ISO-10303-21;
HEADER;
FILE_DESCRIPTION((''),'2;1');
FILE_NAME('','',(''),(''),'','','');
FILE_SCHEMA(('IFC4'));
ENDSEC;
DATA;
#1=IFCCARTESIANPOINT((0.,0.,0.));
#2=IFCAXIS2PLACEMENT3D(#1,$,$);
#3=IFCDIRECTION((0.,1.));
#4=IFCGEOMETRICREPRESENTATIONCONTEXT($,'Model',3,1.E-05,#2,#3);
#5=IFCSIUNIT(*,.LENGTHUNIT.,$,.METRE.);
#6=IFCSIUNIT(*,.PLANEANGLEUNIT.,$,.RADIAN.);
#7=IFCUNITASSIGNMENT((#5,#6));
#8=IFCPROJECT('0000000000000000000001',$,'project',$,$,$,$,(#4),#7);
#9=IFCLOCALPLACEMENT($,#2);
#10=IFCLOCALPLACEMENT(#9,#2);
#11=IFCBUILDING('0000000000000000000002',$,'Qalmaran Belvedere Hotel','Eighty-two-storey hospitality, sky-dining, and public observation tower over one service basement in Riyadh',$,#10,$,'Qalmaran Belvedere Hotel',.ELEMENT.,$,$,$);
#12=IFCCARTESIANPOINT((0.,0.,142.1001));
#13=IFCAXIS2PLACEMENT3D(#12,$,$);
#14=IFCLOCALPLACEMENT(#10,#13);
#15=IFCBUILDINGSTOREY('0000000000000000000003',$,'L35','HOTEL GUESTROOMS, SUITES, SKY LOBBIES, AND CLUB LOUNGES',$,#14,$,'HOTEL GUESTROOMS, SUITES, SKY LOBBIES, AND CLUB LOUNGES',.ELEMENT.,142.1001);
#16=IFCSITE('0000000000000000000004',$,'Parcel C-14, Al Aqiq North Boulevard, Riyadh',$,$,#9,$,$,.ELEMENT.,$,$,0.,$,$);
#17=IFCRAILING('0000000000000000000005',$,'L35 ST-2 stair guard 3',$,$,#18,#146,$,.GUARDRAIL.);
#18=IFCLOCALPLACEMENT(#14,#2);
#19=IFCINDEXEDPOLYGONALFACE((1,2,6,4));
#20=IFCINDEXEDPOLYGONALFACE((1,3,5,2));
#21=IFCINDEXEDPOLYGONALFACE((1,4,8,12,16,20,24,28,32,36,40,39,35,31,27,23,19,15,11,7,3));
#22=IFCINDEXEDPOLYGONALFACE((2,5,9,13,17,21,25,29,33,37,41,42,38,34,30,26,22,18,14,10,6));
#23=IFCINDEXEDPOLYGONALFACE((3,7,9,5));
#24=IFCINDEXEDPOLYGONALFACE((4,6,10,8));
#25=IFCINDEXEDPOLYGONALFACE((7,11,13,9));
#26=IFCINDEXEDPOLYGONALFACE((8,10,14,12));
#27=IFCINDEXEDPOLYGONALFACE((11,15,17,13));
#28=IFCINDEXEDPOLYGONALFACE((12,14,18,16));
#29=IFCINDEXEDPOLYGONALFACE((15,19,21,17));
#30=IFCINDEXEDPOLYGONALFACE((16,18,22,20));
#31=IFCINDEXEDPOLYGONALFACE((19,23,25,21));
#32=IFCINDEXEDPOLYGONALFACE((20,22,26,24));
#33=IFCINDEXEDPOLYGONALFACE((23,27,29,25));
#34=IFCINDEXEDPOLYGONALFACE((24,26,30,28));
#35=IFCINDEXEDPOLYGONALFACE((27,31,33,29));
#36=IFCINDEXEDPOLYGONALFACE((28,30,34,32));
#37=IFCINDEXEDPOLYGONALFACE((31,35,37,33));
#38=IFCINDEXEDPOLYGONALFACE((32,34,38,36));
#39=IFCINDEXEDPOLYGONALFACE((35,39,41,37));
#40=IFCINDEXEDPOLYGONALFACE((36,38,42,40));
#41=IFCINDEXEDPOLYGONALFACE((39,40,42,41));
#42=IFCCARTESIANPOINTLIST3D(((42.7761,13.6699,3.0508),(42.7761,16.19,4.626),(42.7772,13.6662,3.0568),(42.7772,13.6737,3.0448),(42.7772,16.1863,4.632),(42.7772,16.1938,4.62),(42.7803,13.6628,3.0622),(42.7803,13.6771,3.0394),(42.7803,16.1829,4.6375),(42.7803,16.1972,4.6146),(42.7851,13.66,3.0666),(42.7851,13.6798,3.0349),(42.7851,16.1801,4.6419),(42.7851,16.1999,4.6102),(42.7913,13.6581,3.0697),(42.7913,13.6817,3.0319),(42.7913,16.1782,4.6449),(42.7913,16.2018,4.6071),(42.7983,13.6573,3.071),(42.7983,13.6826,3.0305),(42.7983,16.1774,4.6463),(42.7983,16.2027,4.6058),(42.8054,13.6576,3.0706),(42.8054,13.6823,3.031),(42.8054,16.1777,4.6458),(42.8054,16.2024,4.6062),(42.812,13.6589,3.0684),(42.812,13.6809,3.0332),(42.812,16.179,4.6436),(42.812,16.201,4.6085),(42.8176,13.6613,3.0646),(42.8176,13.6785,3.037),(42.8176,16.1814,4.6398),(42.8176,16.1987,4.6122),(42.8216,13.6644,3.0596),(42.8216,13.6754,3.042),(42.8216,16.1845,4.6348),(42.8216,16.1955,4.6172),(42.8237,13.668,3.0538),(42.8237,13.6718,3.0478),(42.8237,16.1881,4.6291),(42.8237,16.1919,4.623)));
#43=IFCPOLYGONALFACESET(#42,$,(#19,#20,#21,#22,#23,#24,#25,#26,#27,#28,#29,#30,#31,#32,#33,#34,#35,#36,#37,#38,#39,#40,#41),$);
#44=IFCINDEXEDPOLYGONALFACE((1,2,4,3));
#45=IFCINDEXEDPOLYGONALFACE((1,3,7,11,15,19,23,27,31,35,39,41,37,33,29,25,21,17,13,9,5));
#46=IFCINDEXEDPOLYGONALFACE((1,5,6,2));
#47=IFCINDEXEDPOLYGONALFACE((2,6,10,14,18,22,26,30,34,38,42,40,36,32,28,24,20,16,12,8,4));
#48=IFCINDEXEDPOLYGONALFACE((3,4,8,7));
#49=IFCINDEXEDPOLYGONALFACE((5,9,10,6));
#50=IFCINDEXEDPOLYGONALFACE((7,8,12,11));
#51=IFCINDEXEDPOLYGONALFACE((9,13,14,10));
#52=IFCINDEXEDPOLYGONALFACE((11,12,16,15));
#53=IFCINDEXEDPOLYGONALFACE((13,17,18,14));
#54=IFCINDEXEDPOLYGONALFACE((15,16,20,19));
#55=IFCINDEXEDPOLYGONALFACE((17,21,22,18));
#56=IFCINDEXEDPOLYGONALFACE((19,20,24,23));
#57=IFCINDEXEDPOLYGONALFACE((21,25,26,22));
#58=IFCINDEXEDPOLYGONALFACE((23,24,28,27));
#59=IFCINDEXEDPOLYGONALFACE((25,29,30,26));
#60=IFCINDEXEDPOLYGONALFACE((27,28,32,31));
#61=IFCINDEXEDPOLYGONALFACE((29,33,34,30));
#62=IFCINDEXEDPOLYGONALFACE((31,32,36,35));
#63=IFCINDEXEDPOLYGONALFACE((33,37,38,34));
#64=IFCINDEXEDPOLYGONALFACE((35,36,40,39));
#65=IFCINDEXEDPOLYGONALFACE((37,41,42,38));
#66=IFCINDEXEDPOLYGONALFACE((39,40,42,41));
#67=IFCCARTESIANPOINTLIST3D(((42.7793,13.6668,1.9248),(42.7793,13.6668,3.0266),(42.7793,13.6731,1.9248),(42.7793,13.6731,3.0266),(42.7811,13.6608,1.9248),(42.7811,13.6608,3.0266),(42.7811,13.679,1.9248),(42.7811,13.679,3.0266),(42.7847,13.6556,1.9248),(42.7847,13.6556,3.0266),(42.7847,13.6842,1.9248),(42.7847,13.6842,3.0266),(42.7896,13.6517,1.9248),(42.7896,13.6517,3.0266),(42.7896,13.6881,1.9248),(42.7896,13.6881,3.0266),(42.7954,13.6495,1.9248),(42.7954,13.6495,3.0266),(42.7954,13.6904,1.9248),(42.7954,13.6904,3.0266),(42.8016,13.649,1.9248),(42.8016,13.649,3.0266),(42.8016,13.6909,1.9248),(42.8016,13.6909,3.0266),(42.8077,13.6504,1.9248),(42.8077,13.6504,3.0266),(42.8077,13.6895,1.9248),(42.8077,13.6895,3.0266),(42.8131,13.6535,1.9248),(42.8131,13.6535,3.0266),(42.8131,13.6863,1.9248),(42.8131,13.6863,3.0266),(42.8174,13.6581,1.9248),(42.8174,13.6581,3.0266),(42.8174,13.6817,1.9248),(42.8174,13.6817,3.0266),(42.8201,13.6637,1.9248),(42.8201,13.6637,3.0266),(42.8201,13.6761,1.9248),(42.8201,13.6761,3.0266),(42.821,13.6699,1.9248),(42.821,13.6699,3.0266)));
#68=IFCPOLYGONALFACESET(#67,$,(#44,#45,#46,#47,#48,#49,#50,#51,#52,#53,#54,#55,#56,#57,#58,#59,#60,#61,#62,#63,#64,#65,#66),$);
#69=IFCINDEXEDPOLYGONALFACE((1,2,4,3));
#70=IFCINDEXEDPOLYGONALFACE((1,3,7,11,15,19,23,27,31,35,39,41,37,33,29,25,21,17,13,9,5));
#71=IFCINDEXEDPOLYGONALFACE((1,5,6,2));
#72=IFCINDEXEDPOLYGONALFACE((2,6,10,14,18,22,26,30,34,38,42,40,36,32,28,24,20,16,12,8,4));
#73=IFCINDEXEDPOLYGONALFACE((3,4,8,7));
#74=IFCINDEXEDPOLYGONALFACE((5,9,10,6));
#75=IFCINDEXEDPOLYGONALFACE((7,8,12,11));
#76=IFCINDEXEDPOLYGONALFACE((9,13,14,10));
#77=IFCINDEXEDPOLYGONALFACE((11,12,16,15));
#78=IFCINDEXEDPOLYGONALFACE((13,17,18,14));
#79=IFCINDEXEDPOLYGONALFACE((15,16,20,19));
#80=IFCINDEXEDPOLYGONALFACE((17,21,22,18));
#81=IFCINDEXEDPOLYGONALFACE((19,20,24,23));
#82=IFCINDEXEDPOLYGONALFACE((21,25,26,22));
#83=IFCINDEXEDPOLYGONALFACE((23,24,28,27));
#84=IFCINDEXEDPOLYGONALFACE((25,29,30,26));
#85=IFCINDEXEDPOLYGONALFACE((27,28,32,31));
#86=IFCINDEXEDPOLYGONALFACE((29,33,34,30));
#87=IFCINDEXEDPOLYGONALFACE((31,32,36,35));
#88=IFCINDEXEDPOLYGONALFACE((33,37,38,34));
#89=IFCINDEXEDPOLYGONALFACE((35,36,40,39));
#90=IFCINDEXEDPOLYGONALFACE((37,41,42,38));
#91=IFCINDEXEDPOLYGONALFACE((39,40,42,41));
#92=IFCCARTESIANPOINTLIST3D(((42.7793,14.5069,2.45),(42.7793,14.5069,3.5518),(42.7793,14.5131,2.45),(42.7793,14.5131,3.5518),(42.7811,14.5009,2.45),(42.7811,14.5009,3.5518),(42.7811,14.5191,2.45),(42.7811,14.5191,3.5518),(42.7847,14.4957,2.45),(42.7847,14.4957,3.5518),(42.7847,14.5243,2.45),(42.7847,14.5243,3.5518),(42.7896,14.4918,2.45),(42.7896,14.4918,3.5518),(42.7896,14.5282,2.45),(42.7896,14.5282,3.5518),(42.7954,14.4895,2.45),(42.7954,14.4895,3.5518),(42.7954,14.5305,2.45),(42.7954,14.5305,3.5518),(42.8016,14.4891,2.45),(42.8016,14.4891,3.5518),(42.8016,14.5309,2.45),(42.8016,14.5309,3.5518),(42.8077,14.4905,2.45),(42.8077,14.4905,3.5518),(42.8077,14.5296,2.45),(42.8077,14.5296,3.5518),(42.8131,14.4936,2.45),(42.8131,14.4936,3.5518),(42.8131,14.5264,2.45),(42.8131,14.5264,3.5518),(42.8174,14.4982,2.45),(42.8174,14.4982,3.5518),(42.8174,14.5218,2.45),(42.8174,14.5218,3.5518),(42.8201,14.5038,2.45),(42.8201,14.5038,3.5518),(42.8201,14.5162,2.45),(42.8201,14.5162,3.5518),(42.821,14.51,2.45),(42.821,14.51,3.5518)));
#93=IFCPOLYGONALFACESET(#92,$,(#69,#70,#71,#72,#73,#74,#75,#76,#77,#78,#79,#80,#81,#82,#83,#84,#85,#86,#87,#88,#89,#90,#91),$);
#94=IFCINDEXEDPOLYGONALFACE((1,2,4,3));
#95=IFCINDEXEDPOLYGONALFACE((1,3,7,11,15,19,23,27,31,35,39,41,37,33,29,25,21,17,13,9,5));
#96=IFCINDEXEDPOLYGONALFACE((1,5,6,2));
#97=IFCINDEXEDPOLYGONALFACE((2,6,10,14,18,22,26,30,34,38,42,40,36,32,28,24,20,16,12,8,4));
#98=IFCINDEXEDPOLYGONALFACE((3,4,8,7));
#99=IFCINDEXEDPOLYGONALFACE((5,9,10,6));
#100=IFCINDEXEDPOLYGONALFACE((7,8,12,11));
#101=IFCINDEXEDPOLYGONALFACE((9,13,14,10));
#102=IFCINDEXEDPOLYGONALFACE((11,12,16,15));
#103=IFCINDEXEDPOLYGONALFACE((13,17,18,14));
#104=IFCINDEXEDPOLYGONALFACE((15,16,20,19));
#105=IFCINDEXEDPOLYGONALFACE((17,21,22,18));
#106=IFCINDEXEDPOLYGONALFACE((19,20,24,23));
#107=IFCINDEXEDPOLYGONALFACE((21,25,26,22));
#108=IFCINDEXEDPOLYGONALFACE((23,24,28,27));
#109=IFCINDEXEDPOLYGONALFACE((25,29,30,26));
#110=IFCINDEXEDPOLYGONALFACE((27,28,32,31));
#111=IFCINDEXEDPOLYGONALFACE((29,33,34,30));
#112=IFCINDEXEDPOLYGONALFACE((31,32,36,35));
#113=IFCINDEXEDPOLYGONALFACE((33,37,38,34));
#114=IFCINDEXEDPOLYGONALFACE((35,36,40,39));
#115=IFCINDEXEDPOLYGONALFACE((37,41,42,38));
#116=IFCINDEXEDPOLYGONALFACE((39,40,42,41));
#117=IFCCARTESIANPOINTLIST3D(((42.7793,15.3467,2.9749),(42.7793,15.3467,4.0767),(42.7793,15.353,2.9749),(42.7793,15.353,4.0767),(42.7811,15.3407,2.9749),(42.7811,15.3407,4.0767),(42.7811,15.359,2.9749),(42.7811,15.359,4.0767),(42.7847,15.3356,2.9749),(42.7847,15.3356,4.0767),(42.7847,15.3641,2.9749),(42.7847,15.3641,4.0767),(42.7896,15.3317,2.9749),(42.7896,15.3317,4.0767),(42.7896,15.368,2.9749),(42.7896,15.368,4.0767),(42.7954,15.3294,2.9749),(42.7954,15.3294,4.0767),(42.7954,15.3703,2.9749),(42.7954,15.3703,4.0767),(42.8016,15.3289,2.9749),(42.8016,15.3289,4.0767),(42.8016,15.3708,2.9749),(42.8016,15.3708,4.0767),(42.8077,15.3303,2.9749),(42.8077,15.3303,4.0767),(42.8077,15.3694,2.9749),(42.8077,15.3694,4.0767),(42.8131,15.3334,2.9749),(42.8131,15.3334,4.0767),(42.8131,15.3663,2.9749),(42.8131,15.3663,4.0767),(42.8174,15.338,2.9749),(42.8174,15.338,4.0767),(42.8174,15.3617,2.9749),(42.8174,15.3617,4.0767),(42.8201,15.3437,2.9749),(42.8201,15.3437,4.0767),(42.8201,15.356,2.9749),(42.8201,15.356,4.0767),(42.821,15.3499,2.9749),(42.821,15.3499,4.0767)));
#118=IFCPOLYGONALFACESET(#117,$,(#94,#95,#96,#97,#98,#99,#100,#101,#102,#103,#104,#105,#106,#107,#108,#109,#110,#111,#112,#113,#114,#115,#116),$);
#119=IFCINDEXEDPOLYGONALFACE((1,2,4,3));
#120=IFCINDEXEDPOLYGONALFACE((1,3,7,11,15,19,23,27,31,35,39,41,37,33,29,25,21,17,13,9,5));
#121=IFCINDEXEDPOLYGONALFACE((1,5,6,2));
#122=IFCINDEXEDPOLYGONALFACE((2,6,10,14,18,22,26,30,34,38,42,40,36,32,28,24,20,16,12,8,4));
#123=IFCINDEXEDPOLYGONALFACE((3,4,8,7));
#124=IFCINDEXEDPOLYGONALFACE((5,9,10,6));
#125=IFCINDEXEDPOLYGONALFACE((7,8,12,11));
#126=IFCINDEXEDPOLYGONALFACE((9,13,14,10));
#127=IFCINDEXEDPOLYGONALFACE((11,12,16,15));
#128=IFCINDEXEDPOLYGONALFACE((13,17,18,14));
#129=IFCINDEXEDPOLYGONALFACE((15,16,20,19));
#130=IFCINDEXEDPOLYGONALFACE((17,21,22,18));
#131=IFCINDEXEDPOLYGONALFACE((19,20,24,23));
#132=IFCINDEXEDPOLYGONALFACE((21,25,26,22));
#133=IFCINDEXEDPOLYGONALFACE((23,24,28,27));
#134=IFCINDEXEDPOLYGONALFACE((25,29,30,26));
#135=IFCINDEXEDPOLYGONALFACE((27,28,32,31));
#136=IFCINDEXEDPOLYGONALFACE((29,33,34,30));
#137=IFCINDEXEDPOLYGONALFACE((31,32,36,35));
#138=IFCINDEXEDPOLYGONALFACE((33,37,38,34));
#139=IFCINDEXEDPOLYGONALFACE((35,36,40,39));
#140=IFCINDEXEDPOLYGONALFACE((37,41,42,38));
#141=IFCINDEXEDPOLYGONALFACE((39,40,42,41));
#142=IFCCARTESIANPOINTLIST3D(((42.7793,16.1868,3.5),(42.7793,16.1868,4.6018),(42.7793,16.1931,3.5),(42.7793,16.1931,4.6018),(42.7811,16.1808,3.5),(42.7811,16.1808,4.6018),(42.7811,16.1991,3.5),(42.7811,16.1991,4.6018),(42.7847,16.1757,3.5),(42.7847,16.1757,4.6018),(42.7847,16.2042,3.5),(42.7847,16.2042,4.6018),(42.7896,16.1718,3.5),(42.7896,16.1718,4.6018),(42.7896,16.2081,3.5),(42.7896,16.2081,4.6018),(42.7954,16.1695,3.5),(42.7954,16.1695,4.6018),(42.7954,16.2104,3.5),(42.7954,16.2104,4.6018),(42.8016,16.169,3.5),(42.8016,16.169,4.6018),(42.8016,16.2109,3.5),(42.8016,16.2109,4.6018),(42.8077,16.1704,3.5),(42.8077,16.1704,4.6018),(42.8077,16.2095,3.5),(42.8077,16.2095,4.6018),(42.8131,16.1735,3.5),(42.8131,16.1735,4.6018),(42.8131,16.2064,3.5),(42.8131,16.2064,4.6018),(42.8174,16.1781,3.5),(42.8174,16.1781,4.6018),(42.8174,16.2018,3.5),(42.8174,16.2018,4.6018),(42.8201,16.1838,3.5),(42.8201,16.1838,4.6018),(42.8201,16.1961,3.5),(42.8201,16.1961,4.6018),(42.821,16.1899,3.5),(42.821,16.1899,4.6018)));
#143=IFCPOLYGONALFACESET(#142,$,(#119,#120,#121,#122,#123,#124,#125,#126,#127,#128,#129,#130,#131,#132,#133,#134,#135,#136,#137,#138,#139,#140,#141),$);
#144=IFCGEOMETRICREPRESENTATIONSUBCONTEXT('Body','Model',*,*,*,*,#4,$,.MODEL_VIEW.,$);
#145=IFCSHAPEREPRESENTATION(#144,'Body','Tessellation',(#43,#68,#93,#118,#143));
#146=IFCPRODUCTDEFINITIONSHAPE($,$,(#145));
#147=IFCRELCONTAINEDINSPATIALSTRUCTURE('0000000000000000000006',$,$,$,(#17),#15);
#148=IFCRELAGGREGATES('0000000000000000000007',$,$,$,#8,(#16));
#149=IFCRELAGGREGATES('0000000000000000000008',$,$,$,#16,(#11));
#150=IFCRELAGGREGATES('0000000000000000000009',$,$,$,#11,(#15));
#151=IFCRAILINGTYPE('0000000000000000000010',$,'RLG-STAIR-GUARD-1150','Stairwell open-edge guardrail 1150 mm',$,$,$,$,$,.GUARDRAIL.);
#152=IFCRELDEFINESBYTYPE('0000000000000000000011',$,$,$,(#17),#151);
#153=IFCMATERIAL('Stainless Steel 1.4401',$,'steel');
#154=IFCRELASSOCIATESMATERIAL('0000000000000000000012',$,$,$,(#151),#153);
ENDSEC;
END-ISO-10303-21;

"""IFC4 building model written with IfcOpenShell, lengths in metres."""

from ifc_helpers import new_model, si_unit, direction, frame, origin, origin_2d, place, context, subcontext, project, spatial, circle, extrude, material, type_object, element, save


model = new_model("IFC4")

# Units and contexts
model_context = context("Model", 3, precision=1e-05, world=origin(), true_north=direction((0.0, 1.0)))
body_context = subcontext(model_context, "Body", "Model", "MODEL_VIEW")
ifc_project = project(units=[si_unit("LENGTHUNIT", "METRE"), si_unit("PLANEANGLEUNIT", "RADIAN")], contexts=[model_context])

# Site, building, storey
site_placement = place(None, origin())
site = spatial("IfcSite", under=ifc_project, at=site_placement, Name="Parcel C-14, Al Aqiq North Boulevard, Riyadh", CompositionType="ELEMENT", RefElevation=0.0)
building_placement = place(site_placement, origin())
building = spatial("IfcBuilding", under=site, at=building_placement, Name="Qalmaran Belvedere Hotel", Description="Eighty-two-storey hospitality, sky-dining, and public observation tower over one service basement in Riyadh", LongName="Qalmaran Belvedere Hotel", CompositionType="ELEMENT")
storey_placement = place(building_placement, frame((0.0, 0.0, 142.1001)))
storey = spatial("IfcBuildingStorey", under=building, at=storey_placement, Name="L35", Description="HOTEL GUESTROOMS, SUITES, SKY LOBBIES, AND CLUB LOUNGES", LongName="HOTEL GUESTROOMS, SUITES, SKY LOBBIES, AND CLUB LOUNGES", CompositionType="ELEMENT", Elevation=142.1001)

# Shared definitions
ifc_material_1 = material(Name="Stainless Steel 1.4401", Category="steel")

# Railing
railing_type = type_object("IfcRailingType", Name="RLG-STAIR-GUARD-1150", Description="Stairwell open-edge guardrail 1150 mm", PredefinedType="GUARDRAIL", material=ifc_material_1)
railing_1_placement = place(storey_placement, frame((42.8, 13.6699, 1.9248)))
element("IfcRailing", 1, at=railing_1_placement, inside=storey, type_object=railing_type, Name="L35 ST-2 stair guard 3", PredefinedType="GUARDRAIL", context=body_context, shape_type="SweptSolid", body=[
    extrude(circle(Radius=0.0239, at=origin_2d()), frame((0.0, 0.0, 1.126), z_axis=(0.0, 0.847971, 0.530043), x_axis=(-1.0, 0.0, 0.0)), (0.0, 0.0, 1.0), 2.9719),
    extrude(circle(Radius=0.021, at=origin_2d()), origin(), (0.0, 0.0, 1.0), 1.1018),
    extrude(circle(Radius=0.021, at=origin_2d()), frame((0.0, 0.8401, 0.5251)), (0.0, 0.0, 1.0), 1.1018),
    extrude(circle(Radius=0.021, at=origin_2d()), frame((0.0, 1.6799, 1.05)), (0.0, 0.0, 1.0), 1.1018),
    extrude(circle(Radius=0.021, at=origin_2d()), frame((0.0, 2.52, 1.5752)), (0.0, 0.0, 1.0), 1.1018),
])

save(model, "model.ifc")
